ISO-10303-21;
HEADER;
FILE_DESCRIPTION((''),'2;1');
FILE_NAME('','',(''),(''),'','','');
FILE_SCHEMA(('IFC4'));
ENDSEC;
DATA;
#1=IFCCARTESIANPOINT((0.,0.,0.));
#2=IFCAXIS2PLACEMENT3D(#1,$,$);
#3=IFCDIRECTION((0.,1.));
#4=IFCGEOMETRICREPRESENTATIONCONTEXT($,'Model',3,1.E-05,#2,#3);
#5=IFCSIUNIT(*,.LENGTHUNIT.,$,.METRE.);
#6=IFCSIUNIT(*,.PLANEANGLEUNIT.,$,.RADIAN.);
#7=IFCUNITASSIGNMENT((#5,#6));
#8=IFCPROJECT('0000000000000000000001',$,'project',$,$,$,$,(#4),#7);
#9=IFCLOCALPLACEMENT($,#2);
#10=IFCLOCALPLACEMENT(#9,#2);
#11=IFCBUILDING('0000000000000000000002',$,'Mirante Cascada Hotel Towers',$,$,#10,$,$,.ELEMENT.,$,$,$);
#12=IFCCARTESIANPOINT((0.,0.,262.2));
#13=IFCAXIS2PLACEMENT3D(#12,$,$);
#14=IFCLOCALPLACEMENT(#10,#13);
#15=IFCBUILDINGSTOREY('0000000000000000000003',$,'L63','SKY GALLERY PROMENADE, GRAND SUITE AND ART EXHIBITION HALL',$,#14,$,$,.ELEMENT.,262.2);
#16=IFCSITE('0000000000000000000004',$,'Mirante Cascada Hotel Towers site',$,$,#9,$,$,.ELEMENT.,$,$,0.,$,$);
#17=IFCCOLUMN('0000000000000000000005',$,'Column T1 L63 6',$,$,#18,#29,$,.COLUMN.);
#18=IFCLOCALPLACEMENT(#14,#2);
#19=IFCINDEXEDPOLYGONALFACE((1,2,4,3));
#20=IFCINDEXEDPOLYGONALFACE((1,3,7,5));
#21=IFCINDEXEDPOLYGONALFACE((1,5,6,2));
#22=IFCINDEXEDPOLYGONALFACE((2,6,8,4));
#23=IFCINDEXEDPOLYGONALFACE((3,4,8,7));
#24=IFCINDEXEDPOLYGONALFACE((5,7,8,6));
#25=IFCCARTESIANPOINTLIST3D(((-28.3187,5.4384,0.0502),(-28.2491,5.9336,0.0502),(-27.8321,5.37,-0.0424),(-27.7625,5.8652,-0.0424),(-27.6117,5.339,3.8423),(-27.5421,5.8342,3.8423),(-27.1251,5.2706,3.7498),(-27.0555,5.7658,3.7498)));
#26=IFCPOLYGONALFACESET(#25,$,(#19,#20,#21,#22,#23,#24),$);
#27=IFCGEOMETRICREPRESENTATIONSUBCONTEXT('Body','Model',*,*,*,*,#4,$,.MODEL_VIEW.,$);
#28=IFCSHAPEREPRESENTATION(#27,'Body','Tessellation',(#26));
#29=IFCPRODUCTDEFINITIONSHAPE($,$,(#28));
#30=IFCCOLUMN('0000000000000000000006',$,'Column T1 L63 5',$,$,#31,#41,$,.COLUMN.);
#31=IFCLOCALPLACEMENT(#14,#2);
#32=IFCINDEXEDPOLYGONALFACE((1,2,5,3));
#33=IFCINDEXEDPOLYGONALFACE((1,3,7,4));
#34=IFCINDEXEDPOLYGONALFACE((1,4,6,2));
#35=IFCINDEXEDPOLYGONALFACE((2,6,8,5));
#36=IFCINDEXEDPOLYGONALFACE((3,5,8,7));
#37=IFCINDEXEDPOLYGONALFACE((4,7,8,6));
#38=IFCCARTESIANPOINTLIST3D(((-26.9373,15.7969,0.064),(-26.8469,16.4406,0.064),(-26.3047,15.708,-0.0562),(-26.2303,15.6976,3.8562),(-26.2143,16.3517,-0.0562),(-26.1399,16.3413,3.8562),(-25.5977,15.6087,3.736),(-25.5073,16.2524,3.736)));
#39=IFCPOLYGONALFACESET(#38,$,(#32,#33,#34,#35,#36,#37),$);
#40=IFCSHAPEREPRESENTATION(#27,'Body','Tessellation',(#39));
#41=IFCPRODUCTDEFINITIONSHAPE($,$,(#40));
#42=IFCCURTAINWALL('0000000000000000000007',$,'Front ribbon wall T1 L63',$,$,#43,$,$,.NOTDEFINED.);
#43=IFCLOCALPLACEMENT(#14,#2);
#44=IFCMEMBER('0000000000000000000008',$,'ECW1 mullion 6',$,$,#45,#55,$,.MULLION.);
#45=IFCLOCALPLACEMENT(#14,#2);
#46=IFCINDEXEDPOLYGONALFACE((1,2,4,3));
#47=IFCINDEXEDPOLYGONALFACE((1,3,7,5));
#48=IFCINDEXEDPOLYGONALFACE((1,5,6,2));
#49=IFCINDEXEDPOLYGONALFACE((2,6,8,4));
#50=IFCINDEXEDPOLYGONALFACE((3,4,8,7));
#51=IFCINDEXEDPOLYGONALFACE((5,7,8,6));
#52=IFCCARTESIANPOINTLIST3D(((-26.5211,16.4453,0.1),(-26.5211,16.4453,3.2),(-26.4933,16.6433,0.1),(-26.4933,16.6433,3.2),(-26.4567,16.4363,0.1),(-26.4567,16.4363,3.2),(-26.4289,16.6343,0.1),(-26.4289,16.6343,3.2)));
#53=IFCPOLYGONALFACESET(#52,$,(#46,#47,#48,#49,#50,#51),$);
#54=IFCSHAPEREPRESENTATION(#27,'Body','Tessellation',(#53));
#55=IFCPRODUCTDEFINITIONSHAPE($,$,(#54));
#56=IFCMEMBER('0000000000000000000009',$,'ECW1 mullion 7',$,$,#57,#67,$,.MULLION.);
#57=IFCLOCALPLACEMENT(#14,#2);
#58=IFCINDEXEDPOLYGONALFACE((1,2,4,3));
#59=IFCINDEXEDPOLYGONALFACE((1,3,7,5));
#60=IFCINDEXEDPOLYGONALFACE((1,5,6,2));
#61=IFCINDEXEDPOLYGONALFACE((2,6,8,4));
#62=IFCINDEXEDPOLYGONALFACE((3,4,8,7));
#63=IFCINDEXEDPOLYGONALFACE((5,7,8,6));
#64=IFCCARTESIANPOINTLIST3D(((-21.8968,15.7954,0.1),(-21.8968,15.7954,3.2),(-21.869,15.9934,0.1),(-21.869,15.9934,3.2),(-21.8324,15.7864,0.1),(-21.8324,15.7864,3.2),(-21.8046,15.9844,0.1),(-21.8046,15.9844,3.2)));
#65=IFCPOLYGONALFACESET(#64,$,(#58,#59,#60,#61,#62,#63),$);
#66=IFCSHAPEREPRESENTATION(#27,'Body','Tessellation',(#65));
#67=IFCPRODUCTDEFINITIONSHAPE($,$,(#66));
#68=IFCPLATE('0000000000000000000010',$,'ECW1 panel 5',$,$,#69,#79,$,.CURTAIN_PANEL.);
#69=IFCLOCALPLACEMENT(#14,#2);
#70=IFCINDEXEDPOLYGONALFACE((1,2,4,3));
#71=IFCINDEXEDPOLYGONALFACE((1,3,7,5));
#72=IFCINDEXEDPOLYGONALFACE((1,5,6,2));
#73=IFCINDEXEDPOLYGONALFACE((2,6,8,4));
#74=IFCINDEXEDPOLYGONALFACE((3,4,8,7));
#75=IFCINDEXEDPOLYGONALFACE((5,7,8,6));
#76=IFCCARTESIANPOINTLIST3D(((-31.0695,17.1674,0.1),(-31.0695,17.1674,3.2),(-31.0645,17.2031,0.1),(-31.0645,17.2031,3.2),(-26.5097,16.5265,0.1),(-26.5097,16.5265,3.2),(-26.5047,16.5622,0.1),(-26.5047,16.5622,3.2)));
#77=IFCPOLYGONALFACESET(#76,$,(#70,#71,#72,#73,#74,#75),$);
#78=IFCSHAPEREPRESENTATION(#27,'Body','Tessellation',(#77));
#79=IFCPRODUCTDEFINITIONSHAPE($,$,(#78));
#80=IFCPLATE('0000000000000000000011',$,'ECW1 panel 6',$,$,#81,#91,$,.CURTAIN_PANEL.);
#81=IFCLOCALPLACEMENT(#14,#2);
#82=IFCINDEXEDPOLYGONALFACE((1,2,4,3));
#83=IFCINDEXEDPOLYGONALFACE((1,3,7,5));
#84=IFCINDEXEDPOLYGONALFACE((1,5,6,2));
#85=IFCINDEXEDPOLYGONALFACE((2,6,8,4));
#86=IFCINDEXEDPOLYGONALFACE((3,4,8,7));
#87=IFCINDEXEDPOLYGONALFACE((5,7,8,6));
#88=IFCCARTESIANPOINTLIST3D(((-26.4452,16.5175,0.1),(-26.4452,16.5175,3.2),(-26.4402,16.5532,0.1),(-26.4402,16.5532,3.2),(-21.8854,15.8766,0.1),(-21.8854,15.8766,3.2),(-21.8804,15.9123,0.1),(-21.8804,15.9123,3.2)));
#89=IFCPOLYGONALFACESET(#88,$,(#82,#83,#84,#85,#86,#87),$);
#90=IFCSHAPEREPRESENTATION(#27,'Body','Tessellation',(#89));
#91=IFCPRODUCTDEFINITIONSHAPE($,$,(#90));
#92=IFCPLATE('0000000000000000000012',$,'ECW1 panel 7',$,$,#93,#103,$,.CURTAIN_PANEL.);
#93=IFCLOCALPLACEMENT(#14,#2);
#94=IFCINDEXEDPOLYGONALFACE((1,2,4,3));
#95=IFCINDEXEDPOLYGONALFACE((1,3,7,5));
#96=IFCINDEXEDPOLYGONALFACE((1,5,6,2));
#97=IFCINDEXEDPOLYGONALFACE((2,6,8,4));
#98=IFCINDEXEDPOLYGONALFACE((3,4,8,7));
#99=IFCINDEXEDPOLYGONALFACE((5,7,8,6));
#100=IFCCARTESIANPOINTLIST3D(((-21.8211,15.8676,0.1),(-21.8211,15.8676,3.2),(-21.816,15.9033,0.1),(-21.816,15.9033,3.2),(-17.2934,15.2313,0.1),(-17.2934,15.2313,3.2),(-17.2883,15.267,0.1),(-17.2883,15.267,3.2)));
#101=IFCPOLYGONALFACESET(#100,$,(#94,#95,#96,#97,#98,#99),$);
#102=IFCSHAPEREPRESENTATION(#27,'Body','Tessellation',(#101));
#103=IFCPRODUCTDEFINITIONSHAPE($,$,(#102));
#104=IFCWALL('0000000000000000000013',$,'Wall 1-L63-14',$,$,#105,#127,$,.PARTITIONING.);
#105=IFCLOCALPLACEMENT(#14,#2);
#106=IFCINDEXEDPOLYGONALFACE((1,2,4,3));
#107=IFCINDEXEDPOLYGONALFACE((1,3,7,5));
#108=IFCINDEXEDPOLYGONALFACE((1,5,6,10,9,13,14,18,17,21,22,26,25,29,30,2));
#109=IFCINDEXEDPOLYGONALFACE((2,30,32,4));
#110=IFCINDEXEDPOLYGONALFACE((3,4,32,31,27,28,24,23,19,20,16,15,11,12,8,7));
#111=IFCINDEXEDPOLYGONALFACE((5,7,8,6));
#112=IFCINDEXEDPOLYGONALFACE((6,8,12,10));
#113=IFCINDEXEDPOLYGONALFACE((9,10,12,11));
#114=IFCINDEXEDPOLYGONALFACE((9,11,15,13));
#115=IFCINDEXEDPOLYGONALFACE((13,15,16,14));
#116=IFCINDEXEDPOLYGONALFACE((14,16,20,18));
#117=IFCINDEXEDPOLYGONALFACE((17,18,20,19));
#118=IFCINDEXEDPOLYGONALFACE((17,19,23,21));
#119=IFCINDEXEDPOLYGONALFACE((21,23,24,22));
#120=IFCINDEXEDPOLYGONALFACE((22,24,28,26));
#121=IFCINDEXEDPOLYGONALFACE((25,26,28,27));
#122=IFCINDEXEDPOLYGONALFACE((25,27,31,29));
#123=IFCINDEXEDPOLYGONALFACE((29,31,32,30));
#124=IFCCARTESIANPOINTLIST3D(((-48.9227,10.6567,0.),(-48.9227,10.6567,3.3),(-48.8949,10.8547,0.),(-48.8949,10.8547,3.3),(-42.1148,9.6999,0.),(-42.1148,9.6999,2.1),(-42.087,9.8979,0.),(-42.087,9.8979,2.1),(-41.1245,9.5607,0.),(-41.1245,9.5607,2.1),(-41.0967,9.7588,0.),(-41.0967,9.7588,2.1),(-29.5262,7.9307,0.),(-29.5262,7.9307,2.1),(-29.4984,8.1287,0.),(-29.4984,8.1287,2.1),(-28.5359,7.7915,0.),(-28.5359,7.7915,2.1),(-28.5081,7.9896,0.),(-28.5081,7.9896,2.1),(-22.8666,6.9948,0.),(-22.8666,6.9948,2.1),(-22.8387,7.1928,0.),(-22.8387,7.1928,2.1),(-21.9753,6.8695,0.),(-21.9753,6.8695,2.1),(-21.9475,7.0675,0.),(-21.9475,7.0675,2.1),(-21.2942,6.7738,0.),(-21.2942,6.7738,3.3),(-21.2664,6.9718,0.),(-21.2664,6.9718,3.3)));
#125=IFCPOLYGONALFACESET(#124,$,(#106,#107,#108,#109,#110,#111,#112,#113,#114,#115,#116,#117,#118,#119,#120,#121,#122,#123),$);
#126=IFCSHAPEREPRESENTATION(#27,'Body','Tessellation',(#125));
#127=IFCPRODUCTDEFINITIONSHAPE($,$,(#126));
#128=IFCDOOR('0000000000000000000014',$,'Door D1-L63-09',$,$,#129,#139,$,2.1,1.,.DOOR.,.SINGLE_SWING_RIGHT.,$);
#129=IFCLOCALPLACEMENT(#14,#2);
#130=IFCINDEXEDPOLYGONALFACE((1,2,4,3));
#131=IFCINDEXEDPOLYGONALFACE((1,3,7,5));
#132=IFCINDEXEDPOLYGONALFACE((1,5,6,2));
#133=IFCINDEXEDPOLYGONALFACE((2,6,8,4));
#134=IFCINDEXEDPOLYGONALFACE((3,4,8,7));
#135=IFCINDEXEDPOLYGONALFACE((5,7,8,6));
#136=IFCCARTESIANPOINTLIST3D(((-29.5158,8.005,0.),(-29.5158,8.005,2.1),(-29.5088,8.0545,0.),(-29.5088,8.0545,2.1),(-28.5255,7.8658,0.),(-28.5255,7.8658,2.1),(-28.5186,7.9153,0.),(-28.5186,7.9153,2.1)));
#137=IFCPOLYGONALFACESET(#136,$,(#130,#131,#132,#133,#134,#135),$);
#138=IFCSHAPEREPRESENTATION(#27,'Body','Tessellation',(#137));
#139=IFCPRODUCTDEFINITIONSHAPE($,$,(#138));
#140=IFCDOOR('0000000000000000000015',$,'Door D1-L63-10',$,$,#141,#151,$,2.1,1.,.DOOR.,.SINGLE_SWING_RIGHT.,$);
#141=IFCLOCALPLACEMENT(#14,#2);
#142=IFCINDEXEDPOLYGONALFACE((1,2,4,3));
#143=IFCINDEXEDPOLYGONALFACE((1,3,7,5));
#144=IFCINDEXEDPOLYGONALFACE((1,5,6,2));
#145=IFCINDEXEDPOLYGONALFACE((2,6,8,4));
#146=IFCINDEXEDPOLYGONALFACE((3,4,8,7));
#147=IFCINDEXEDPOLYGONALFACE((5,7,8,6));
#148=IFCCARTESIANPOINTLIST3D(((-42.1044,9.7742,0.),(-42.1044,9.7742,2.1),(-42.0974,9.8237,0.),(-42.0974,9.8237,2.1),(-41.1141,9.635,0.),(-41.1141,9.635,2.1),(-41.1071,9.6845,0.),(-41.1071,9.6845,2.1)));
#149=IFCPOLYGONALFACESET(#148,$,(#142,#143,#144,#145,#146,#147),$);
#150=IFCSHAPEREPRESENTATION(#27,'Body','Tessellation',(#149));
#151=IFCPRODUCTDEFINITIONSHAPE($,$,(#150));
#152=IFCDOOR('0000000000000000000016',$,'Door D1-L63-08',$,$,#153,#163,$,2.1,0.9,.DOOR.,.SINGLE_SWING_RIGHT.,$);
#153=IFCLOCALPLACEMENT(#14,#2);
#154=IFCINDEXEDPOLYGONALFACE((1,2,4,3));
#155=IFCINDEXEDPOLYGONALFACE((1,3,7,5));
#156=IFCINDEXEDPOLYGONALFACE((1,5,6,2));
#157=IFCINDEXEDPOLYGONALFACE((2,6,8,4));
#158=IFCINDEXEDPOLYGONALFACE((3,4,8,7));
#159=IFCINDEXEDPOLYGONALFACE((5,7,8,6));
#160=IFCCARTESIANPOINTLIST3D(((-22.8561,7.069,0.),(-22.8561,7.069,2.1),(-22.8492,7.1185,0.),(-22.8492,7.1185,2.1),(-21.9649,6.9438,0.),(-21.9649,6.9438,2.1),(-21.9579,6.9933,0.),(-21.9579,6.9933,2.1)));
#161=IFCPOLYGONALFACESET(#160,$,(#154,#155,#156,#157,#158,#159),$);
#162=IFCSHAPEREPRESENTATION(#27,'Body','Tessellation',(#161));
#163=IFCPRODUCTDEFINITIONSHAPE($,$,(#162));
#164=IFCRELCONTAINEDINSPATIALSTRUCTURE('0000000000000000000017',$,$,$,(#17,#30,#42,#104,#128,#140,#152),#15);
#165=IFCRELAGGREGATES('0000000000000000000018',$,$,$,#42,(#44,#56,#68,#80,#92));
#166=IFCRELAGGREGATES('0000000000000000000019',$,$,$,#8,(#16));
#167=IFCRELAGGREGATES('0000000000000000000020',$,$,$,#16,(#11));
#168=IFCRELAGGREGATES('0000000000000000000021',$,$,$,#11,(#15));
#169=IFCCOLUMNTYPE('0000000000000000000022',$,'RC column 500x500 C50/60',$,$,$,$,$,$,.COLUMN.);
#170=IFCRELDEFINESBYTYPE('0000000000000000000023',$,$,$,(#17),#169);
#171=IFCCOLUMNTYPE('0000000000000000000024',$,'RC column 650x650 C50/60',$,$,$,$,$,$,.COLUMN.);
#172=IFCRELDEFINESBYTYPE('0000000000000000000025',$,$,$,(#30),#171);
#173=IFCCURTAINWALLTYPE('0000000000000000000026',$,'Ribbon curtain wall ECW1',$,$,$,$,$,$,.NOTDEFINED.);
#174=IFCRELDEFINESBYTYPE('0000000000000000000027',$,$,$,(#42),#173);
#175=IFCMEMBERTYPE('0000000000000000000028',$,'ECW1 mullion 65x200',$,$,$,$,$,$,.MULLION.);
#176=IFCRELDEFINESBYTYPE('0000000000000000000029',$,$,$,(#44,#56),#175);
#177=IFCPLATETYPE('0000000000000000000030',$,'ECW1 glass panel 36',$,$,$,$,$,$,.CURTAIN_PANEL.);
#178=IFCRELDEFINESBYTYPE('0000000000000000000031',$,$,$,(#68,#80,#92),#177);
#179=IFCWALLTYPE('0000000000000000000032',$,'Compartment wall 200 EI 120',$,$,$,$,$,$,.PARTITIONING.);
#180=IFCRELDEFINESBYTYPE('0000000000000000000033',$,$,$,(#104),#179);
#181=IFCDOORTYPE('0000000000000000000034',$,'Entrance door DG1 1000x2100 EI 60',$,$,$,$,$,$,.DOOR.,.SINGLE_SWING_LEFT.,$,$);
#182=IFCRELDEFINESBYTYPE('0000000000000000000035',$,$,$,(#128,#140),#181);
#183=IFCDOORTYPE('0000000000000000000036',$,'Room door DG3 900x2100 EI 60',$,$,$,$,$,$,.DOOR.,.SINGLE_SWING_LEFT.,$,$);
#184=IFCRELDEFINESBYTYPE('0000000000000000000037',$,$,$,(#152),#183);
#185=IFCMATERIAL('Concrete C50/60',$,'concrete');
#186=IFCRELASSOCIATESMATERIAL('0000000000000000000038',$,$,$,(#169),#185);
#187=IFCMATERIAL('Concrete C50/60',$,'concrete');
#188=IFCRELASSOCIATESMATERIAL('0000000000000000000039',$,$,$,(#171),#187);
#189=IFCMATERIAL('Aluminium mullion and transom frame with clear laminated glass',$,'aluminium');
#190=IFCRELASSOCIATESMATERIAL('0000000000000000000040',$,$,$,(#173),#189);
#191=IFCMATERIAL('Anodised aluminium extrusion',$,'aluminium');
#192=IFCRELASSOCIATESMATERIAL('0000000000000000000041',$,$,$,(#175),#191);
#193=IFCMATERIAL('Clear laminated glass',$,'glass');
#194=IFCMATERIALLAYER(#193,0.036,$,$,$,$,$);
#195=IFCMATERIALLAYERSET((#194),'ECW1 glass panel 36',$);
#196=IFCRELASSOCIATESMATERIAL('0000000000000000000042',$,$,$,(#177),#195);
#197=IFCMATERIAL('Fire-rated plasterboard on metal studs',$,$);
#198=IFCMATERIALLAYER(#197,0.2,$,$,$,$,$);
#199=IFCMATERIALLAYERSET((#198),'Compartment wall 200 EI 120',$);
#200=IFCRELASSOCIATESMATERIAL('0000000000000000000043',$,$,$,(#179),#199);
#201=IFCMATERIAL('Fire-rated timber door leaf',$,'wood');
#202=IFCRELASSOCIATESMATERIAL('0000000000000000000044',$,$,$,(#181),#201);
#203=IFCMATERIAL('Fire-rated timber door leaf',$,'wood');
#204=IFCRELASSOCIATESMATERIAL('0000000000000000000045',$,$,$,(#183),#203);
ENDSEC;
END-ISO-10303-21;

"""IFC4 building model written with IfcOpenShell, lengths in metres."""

from ifc_helpers import new_model, si_unit, direction, frame, frame_2d, origin, origin_2d, place, context, subcontext, project, spatial, rectangle, extrude, material, layer, layer_set, material_profile, profile_set, type_object, element, fill, aggregate, save


model = new_model("IFC4")

# Units and contexts
model_context = context("Model", 3, precision=1e-05, world=origin(), true_north=direction((0.0, 1.0)))
body_context = subcontext(model_context, "Body", "Model", "MODEL_VIEW")
ifc_project = project(units=[si_unit("LENGTHUNIT", "METRE"), si_unit("PLANEANGLEUNIT", "RADIAN")], contexts=[model_context])

# Site, building, storey
site_placement = place(None, origin())
site = spatial("IfcSite", under=ifc_project, at=site_placement, Name="Mirante Cascada Hotel Towers site", CompositionType="ELEMENT", RefElevation=0.0)
building_placement = place(site_placement, origin())
building = spatial("IfcBuilding", under=site, at=building_placement, Name="Mirante Cascada Hotel Towers", CompositionType="ELEMENT")
storey_placement = place(building_placement, frame((0.0, 0.0, 262.2)))
storey = spatial("IfcBuildingStorey", under=building, at=storey_placement, Name="L63", Description="SKY GALLERY PROMENADE, GRAND SUITE AND ART EXHIBITION HALL", CompositionType="ELEMENT", Elevation=262.2)

# Columns
ifc_material_1 = material(Name="Concrete C50/60", Category="concrete")
ifc_material_profile_1 = material_profile(ifc_material_1, rectangle(XDim=0.5, YDim=0.5, at=origin_2d()), Name="RC column 500x500 C50/60")
ifc_profile_set_1 = profile_set([ifc_material_profile_1], Name="Concrete C50/60")
column_type_1 = type_object("IfcColumnType", Name="RC column 500x500 C50/60", PredefinedType="COLUMN", material=ifc_profile_set_1)
column_1_placement = place(storey_placement, frame((-28.0406, 5.6518, 0.0039), z_axis=(0.183217, -0.025759, 0.982735), x_axis=(0.139225, 0.990261, 0.0)))
element("IfcColumn", 1, at=column_1_placement, inside=storey, type_object=column_type_1, Name="Column T1 L63 6", PredefinedType="COLUMN", context=body_context, shape_type="SweptSolid", body=[
    extrude(rectangle(XDim=0.5, YDim=0.5, at=origin_2d()), origin(), (0.0, 0.0, 1.0), 3.8588),
])
ifc_material_2 = material(Name="Concrete C50/60", Category="concrete")
ifc_material_profile_2 = material_profile(ifc_material_2, rectangle(XDim=0.65, YDim=0.65, at=origin_2d()), Name="RC column 650x650 C50/60")
ifc_profile_set_2 = profile_set([ifc_material_profile_2], Name="Concrete C50/60")
column_type_2 = type_object("IfcColumnType", Name="RC column 650x650 C50/60", PredefinedType="COLUMN", material=ifc_profile_set_2)
column_2_placement = place(storey_placement, frame((-26.5758, 16.0743, 0.0039), z_axis=(0.183217, -0.025733, 0.982736), x_axis=(0.139087, 0.99028, 0.0)))
element("IfcColumn", 2, at=column_2_placement, inside=storey, type_object=column_type_2, Name="Column T1 L63 5", PredefinedType="COLUMN", context=body_context, shape_type="SweptSolid", body=[
    extrude(rectangle(XDim=0.65, YDim=0.65, at=origin_2d()), origin(), (0.0, 0.0, 1.0), 3.8588),
])

# Curtain wall, members, plates
ifc_material_3 = material(Name="Aluminium mullion and transom frame with clear laminated glass", Category="aluminium")
curtain_wall_type = type_object("IfcCurtainWallType", Name="Ribbon curtain wall ECW1", PredefinedType="NOTDEFINED", material=ifc_material_3)
curtain_wall_placement = place(storey_placement, origin())
curtain_wall = element("IfcCurtainWall", 3, at=curtain_wall_placement, inside=storey, type_object=curtain_wall_type, Name="Front ribbon wall T1 L63", PredefinedType="NOTDEFINED")
ifc_material_4 = material(Name="Anodised aluminium extrusion", Category="aluminium")
ifc_material_profile_3 = material_profile(ifc_material_4, rectangle(XDim=0.2, YDim=0.065, at=origin_2d()), Name="ECW1 MULLION 65x200")
ifc_profile_set_3 = profile_set([ifc_material_profile_3], Name="Anodised aluminium extrusion")
member_type = type_object("IfcMemberType", Name="ECW1 mullion 65x200", PredefinedType="MULLION", material=ifc_profile_set_3)
member_1_placement = place(storey_placement, frame((-26.475, 16.5398, 0.1), z_axis=(0.0, 0.0, 1.0), x_axis=(0.139173, 0.990268, 0.0)))
member_1 = element("IfcMember", 4, at=member_1_placement, type_object=member_type, Name="ECW1 mullion 6", PredefinedType="MULLION", context=body_context, shape_type="SweptSolid", body=[
    extrude(rectangle(XDim=0.2, YDim=0.065, at=origin_2d()), origin(), (0.0, 0.0, 1.0), 3.1),
])
member_2_placement = place(storey_placement, frame((-21.8507, 15.8899, 0.1), z_axis=(0.0, 0.0, 1.0), x_axis=(0.139173, 0.990268, 0.0)))
member_2 = element("IfcMember", 5, at=member_2_placement, type_object=member_type, Name="ECW1 mullion 7", PredefinedType="MULLION", context=body_context, shape_type="SweptSolid", body=[
    extrude(rectangle(XDim=0.2, YDim=0.065, at=origin_2d()), origin(), (0.0, 0.0, 1.0), 3.1),
])
ifc_material_5 = material(Name="Clear laminated glass", Category="glass")
ifc_layer_1 = layer(ifc_material_5, 0.036)
ifc_layer_set_1 = layer_set([ifc_layer_1], Name="ECW1 glass panel 36")
plate_type = type_object("IfcPlateType", Name="ECW1 glass panel 36", PredefinedType="CURTAIN_PANEL", material=ifc_layer_set_1)
plate_1_placement = place(storey_placement, frame((-28.7871, 16.8648, 0.1), z_axis=(0.0, 0.0, 1.0), x_axis=(0.990268, -0.139173, 0.0)))
plate_1 = element("IfcPlate", 6, at=plate_1_placement, type_object=plate_type, Name="ECW1 panel 5", PredefinedType="CURTAIN_PANEL", context=body_context, shape_type="SweptSolid", body=[
    extrude(rectangle(XDim=4.6047, YDim=0.036, at=origin_2d()), origin(), (0.0, 0.0, 1.0), 3.1),
])
plate_2_placement = place(storey_placement, frame((-24.1628, 16.2149, 0.1), z_axis=(0.0, 0.0, 1.0), x_axis=(0.990268, -0.139173, 0.0)))
plate_2 = element("IfcPlate", 7, at=plate_2_placement, type_object=plate_type, Name="ECW1 panel 6", PredefinedType="CURTAIN_PANEL", context=body_context, shape_type="SweptSolid", body=[
    extrude(rectangle(XDim=4.6047, YDim=0.036, at=origin_2d()), origin(), (0.0, 0.0, 1.0), 3.1),
])
plate_3_placement = place(storey_placement, frame((-19.5547, 15.5673, 0.1), z_axis=(0.0, 0.0, 1.0), x_axis=(0.990268, -0.139173, 0.0)))
plate_3 = element("IfcPlate", 8, at=plate_3_placement, type_object=plate_type, Name="ECW1 panel 7", PredefinedType="CURTAIN_PANEL", context=body_context, shape_type="SweptSolid", body=[
    extrude(rectangle(XDim=4.5722, YDim=0.036, at=origin_2d()), origin(), (0.0, 0.0, 1.0), 3.1),
])
aggregate(curtain_wall, [member_1, member_2, plate_1, plate_2, plate_3])

# Wall, openings, doors
ifc_material_6 = material(Name="Fire-rated plasterboard on metal studs")
ifc_layer_2 = layer(ifc_material_6, 0.2)
ifc_layer_set_2 = layer_set([ifc_layer_2], Name="Compartment wall 200 EI 120")
wall_type_1 = type_object("IfcWallType", Name="Compartment wall 200 EI 120", PredefinedType="PARTITIONING", material=ifc_layer_set_2)
wall_1_placement = place(storey_placement, frame((-21.2803, 6.8728, 0.0), z_axis=(0.0, 0.0, 1.0), x_axis=(-0.990268, 0.139172, 0.0)))
wall_1 = element("IfcWall", 9, at=wall_1_placement, inside=storey, type_object=wall_type_1, Name="Wall 1-L63-14", PredefinedType="PARTITIONING", context=body_context, shape_type="SweptSolid", body=[
    extrude(rectangle(XDim=27.9, YDim=0.2, at=frame_2d((13.95, 0.0))), origin(), (0.0, 0.0, 1.0), 3.3),
])
opening_1_placement = place(wall_1_placement, frame((0.6878, 0.0, 0.0)))
opening_1 = element("IfcOpeningElement", 10, at=opening_1_placement, cuts=wall_1, PredefinedType="OPENING", context=body_context, shape_type="SweptSolid", body=[
    extrude(rectangle(XDim=0.9, YDim=2.1, at=frame_2d((0.45, 1.05))), frame((0.0, 0.1, 0.0), z_axis=(0.0, -1.0, 0.0), x_axis=(1.0, 0.0, 0.0)), (0.0, 0.0, 1.0), 0.2),
])
opening_2_placement = place(wall_1_placement, frame((7.3129, 0.0, 0.0)))
opening_2 = element("IfcOpeningElement", 11, at=opening_2_placement, cuts=wall_1, PredefinedType="OPENING", context=body_context, shape_type="SweptSolid", body=[
    extrude(rectangle(XDim=1.0, YDim=2.1, at=frame_2d((0.5, 1.05))), frame((0.0, 0.1, 0.0), z_axis=(0.0, -1.0, 0.0), x_axis=(1.0, 0.0, 0.0)), (0.0, 0.0, 1.0), 0.2),
])
opening_3_placement = place(wall_1_placement, frame((20.0252, 0.0, 0.0)))
opening_3 = element("IfcOpeningElement", 12, at=opening_3_placement, cuts=wall_1, PredefinedType="OPENING", context=body_context, shape_type="SweptSolid", body=[
    extrude(rectangle(XDim=1.0, YDim=2.1, at=frame_2d((0.5, 1.05))), frame((0.0, 0.1, 0.0), z_axis=(0.0, -1.0, 0.0), x_axis=(1.0, 0.0, 0.0)), (0.0, 0.0, 1.0), 0.2),
])
ifc_material_7 = material(Name="Fire-rated timber door leaf", Category="wood")
door_type_1 = type_object("IfcDoorType", Name="Entrance door DG1 1000x2100 EI 60", OperationType="SINGLE_SWING_LEFT", PredefinedType="DOOR", material=ifc_material_7)
door_1_placement = place(opening_2_placement, frame((1.0, 0.0, 0.0), z_axis=(0.0, 0.0, 1.0), x_axis=(-1.0, 0.0, 0.0)))
door_1 = element("IfcDoor", 13, at=door_1_placement, inside=storey, type_object=door_type_1, Name="Door D1-L63-09", OperationType="SINGLE_SWING_RIGHT", OverallHeight=2.1, OverallWidth=1.0, PredefinedType="DOOR", context=body_context, shape_type="SweptSolid", body=[
    extrude(rectangle(XDim=1.0, YDim=2.1, at=frame_2d((0.5, 1.05))), frame((0.0, 0.025, 0.0), z_axis=(0.0, -1.0, 0.0), x_axis=(1.0, 0.0, 0.0)), (0.0, 0.0, 1.0), 0.05),
])
fill(opening_2, door_1)
door_2_placement = place(opening_3_placement, frame((1.0, 0.0, 0.0), z_axis=(0.0, 0.0, 1.0), x_axis=(-1.0, 0.0, 0.0)))
door_2 = element("IfcDoor", 14, at=door_2_placement, inside=storey, type_object=door_type_1, Name="Door D1-L63-10", OperationType="SINGLE_SWING_RIGHT", OverallHeight=2.1, OverallWidth=1.0, PredefinedType="DOOR", context=body_context, shape_type="SweptSolid", body=[
    extrude(rectangle(XDim=1.0, YDim=2.1, at=frame_2d((0.5, 1.05))), frame((0.0, 0.025, 0.0), z_axis=(0.0, -1.0, 0.0), x_axis=(1.0, 0.0, 0.0)), (0.0, 0.0, 1.0), 0.05),
])
fill(opening_3, door_2)
ifc_material_8 = material(Name="Fire-rated timber door leaf", Category="wood")
door_type_2 = type_object("IfcDoorType", Name="Room door DG3 900x2100 EI 60", OperationType="SINGLE_SWING_LEFT", PredefinedType="DOOR", material=ifc_material_8)
door_3_placement = place(opening_1_placement, frame((0.9, 0.0, 0.0), z_axis=(0.0, 0.0, 1.0), x_axis=(-1.0, 0.0, 0.0)))
door_3 = element("IfcDoor", 15, at=door_3_placement, inside=storey, type_object=door_type_2, Name="Door D1-L63-08", OperationType="SINGLE_SWING_RIGHT", OverallHeight=2.1, OverallWidth=0.9, PredefinedType="DOOR", context=body_context, shape_type="SweptSolid", body=[
    extrude(rectangle(XDim=0.9, YDim=2.1, at=frame_2d((0.45, 1.05))), frame((0.0, 0.025, 0.0), z_axis=(0.0, -1.0, 0.0), x_axis=(1.0, 0.0, 0.0)), (0.0, 0.0, 1.0), 0.05),
])
fill(opening_1, door_3)

save(model, "model.ifc")
